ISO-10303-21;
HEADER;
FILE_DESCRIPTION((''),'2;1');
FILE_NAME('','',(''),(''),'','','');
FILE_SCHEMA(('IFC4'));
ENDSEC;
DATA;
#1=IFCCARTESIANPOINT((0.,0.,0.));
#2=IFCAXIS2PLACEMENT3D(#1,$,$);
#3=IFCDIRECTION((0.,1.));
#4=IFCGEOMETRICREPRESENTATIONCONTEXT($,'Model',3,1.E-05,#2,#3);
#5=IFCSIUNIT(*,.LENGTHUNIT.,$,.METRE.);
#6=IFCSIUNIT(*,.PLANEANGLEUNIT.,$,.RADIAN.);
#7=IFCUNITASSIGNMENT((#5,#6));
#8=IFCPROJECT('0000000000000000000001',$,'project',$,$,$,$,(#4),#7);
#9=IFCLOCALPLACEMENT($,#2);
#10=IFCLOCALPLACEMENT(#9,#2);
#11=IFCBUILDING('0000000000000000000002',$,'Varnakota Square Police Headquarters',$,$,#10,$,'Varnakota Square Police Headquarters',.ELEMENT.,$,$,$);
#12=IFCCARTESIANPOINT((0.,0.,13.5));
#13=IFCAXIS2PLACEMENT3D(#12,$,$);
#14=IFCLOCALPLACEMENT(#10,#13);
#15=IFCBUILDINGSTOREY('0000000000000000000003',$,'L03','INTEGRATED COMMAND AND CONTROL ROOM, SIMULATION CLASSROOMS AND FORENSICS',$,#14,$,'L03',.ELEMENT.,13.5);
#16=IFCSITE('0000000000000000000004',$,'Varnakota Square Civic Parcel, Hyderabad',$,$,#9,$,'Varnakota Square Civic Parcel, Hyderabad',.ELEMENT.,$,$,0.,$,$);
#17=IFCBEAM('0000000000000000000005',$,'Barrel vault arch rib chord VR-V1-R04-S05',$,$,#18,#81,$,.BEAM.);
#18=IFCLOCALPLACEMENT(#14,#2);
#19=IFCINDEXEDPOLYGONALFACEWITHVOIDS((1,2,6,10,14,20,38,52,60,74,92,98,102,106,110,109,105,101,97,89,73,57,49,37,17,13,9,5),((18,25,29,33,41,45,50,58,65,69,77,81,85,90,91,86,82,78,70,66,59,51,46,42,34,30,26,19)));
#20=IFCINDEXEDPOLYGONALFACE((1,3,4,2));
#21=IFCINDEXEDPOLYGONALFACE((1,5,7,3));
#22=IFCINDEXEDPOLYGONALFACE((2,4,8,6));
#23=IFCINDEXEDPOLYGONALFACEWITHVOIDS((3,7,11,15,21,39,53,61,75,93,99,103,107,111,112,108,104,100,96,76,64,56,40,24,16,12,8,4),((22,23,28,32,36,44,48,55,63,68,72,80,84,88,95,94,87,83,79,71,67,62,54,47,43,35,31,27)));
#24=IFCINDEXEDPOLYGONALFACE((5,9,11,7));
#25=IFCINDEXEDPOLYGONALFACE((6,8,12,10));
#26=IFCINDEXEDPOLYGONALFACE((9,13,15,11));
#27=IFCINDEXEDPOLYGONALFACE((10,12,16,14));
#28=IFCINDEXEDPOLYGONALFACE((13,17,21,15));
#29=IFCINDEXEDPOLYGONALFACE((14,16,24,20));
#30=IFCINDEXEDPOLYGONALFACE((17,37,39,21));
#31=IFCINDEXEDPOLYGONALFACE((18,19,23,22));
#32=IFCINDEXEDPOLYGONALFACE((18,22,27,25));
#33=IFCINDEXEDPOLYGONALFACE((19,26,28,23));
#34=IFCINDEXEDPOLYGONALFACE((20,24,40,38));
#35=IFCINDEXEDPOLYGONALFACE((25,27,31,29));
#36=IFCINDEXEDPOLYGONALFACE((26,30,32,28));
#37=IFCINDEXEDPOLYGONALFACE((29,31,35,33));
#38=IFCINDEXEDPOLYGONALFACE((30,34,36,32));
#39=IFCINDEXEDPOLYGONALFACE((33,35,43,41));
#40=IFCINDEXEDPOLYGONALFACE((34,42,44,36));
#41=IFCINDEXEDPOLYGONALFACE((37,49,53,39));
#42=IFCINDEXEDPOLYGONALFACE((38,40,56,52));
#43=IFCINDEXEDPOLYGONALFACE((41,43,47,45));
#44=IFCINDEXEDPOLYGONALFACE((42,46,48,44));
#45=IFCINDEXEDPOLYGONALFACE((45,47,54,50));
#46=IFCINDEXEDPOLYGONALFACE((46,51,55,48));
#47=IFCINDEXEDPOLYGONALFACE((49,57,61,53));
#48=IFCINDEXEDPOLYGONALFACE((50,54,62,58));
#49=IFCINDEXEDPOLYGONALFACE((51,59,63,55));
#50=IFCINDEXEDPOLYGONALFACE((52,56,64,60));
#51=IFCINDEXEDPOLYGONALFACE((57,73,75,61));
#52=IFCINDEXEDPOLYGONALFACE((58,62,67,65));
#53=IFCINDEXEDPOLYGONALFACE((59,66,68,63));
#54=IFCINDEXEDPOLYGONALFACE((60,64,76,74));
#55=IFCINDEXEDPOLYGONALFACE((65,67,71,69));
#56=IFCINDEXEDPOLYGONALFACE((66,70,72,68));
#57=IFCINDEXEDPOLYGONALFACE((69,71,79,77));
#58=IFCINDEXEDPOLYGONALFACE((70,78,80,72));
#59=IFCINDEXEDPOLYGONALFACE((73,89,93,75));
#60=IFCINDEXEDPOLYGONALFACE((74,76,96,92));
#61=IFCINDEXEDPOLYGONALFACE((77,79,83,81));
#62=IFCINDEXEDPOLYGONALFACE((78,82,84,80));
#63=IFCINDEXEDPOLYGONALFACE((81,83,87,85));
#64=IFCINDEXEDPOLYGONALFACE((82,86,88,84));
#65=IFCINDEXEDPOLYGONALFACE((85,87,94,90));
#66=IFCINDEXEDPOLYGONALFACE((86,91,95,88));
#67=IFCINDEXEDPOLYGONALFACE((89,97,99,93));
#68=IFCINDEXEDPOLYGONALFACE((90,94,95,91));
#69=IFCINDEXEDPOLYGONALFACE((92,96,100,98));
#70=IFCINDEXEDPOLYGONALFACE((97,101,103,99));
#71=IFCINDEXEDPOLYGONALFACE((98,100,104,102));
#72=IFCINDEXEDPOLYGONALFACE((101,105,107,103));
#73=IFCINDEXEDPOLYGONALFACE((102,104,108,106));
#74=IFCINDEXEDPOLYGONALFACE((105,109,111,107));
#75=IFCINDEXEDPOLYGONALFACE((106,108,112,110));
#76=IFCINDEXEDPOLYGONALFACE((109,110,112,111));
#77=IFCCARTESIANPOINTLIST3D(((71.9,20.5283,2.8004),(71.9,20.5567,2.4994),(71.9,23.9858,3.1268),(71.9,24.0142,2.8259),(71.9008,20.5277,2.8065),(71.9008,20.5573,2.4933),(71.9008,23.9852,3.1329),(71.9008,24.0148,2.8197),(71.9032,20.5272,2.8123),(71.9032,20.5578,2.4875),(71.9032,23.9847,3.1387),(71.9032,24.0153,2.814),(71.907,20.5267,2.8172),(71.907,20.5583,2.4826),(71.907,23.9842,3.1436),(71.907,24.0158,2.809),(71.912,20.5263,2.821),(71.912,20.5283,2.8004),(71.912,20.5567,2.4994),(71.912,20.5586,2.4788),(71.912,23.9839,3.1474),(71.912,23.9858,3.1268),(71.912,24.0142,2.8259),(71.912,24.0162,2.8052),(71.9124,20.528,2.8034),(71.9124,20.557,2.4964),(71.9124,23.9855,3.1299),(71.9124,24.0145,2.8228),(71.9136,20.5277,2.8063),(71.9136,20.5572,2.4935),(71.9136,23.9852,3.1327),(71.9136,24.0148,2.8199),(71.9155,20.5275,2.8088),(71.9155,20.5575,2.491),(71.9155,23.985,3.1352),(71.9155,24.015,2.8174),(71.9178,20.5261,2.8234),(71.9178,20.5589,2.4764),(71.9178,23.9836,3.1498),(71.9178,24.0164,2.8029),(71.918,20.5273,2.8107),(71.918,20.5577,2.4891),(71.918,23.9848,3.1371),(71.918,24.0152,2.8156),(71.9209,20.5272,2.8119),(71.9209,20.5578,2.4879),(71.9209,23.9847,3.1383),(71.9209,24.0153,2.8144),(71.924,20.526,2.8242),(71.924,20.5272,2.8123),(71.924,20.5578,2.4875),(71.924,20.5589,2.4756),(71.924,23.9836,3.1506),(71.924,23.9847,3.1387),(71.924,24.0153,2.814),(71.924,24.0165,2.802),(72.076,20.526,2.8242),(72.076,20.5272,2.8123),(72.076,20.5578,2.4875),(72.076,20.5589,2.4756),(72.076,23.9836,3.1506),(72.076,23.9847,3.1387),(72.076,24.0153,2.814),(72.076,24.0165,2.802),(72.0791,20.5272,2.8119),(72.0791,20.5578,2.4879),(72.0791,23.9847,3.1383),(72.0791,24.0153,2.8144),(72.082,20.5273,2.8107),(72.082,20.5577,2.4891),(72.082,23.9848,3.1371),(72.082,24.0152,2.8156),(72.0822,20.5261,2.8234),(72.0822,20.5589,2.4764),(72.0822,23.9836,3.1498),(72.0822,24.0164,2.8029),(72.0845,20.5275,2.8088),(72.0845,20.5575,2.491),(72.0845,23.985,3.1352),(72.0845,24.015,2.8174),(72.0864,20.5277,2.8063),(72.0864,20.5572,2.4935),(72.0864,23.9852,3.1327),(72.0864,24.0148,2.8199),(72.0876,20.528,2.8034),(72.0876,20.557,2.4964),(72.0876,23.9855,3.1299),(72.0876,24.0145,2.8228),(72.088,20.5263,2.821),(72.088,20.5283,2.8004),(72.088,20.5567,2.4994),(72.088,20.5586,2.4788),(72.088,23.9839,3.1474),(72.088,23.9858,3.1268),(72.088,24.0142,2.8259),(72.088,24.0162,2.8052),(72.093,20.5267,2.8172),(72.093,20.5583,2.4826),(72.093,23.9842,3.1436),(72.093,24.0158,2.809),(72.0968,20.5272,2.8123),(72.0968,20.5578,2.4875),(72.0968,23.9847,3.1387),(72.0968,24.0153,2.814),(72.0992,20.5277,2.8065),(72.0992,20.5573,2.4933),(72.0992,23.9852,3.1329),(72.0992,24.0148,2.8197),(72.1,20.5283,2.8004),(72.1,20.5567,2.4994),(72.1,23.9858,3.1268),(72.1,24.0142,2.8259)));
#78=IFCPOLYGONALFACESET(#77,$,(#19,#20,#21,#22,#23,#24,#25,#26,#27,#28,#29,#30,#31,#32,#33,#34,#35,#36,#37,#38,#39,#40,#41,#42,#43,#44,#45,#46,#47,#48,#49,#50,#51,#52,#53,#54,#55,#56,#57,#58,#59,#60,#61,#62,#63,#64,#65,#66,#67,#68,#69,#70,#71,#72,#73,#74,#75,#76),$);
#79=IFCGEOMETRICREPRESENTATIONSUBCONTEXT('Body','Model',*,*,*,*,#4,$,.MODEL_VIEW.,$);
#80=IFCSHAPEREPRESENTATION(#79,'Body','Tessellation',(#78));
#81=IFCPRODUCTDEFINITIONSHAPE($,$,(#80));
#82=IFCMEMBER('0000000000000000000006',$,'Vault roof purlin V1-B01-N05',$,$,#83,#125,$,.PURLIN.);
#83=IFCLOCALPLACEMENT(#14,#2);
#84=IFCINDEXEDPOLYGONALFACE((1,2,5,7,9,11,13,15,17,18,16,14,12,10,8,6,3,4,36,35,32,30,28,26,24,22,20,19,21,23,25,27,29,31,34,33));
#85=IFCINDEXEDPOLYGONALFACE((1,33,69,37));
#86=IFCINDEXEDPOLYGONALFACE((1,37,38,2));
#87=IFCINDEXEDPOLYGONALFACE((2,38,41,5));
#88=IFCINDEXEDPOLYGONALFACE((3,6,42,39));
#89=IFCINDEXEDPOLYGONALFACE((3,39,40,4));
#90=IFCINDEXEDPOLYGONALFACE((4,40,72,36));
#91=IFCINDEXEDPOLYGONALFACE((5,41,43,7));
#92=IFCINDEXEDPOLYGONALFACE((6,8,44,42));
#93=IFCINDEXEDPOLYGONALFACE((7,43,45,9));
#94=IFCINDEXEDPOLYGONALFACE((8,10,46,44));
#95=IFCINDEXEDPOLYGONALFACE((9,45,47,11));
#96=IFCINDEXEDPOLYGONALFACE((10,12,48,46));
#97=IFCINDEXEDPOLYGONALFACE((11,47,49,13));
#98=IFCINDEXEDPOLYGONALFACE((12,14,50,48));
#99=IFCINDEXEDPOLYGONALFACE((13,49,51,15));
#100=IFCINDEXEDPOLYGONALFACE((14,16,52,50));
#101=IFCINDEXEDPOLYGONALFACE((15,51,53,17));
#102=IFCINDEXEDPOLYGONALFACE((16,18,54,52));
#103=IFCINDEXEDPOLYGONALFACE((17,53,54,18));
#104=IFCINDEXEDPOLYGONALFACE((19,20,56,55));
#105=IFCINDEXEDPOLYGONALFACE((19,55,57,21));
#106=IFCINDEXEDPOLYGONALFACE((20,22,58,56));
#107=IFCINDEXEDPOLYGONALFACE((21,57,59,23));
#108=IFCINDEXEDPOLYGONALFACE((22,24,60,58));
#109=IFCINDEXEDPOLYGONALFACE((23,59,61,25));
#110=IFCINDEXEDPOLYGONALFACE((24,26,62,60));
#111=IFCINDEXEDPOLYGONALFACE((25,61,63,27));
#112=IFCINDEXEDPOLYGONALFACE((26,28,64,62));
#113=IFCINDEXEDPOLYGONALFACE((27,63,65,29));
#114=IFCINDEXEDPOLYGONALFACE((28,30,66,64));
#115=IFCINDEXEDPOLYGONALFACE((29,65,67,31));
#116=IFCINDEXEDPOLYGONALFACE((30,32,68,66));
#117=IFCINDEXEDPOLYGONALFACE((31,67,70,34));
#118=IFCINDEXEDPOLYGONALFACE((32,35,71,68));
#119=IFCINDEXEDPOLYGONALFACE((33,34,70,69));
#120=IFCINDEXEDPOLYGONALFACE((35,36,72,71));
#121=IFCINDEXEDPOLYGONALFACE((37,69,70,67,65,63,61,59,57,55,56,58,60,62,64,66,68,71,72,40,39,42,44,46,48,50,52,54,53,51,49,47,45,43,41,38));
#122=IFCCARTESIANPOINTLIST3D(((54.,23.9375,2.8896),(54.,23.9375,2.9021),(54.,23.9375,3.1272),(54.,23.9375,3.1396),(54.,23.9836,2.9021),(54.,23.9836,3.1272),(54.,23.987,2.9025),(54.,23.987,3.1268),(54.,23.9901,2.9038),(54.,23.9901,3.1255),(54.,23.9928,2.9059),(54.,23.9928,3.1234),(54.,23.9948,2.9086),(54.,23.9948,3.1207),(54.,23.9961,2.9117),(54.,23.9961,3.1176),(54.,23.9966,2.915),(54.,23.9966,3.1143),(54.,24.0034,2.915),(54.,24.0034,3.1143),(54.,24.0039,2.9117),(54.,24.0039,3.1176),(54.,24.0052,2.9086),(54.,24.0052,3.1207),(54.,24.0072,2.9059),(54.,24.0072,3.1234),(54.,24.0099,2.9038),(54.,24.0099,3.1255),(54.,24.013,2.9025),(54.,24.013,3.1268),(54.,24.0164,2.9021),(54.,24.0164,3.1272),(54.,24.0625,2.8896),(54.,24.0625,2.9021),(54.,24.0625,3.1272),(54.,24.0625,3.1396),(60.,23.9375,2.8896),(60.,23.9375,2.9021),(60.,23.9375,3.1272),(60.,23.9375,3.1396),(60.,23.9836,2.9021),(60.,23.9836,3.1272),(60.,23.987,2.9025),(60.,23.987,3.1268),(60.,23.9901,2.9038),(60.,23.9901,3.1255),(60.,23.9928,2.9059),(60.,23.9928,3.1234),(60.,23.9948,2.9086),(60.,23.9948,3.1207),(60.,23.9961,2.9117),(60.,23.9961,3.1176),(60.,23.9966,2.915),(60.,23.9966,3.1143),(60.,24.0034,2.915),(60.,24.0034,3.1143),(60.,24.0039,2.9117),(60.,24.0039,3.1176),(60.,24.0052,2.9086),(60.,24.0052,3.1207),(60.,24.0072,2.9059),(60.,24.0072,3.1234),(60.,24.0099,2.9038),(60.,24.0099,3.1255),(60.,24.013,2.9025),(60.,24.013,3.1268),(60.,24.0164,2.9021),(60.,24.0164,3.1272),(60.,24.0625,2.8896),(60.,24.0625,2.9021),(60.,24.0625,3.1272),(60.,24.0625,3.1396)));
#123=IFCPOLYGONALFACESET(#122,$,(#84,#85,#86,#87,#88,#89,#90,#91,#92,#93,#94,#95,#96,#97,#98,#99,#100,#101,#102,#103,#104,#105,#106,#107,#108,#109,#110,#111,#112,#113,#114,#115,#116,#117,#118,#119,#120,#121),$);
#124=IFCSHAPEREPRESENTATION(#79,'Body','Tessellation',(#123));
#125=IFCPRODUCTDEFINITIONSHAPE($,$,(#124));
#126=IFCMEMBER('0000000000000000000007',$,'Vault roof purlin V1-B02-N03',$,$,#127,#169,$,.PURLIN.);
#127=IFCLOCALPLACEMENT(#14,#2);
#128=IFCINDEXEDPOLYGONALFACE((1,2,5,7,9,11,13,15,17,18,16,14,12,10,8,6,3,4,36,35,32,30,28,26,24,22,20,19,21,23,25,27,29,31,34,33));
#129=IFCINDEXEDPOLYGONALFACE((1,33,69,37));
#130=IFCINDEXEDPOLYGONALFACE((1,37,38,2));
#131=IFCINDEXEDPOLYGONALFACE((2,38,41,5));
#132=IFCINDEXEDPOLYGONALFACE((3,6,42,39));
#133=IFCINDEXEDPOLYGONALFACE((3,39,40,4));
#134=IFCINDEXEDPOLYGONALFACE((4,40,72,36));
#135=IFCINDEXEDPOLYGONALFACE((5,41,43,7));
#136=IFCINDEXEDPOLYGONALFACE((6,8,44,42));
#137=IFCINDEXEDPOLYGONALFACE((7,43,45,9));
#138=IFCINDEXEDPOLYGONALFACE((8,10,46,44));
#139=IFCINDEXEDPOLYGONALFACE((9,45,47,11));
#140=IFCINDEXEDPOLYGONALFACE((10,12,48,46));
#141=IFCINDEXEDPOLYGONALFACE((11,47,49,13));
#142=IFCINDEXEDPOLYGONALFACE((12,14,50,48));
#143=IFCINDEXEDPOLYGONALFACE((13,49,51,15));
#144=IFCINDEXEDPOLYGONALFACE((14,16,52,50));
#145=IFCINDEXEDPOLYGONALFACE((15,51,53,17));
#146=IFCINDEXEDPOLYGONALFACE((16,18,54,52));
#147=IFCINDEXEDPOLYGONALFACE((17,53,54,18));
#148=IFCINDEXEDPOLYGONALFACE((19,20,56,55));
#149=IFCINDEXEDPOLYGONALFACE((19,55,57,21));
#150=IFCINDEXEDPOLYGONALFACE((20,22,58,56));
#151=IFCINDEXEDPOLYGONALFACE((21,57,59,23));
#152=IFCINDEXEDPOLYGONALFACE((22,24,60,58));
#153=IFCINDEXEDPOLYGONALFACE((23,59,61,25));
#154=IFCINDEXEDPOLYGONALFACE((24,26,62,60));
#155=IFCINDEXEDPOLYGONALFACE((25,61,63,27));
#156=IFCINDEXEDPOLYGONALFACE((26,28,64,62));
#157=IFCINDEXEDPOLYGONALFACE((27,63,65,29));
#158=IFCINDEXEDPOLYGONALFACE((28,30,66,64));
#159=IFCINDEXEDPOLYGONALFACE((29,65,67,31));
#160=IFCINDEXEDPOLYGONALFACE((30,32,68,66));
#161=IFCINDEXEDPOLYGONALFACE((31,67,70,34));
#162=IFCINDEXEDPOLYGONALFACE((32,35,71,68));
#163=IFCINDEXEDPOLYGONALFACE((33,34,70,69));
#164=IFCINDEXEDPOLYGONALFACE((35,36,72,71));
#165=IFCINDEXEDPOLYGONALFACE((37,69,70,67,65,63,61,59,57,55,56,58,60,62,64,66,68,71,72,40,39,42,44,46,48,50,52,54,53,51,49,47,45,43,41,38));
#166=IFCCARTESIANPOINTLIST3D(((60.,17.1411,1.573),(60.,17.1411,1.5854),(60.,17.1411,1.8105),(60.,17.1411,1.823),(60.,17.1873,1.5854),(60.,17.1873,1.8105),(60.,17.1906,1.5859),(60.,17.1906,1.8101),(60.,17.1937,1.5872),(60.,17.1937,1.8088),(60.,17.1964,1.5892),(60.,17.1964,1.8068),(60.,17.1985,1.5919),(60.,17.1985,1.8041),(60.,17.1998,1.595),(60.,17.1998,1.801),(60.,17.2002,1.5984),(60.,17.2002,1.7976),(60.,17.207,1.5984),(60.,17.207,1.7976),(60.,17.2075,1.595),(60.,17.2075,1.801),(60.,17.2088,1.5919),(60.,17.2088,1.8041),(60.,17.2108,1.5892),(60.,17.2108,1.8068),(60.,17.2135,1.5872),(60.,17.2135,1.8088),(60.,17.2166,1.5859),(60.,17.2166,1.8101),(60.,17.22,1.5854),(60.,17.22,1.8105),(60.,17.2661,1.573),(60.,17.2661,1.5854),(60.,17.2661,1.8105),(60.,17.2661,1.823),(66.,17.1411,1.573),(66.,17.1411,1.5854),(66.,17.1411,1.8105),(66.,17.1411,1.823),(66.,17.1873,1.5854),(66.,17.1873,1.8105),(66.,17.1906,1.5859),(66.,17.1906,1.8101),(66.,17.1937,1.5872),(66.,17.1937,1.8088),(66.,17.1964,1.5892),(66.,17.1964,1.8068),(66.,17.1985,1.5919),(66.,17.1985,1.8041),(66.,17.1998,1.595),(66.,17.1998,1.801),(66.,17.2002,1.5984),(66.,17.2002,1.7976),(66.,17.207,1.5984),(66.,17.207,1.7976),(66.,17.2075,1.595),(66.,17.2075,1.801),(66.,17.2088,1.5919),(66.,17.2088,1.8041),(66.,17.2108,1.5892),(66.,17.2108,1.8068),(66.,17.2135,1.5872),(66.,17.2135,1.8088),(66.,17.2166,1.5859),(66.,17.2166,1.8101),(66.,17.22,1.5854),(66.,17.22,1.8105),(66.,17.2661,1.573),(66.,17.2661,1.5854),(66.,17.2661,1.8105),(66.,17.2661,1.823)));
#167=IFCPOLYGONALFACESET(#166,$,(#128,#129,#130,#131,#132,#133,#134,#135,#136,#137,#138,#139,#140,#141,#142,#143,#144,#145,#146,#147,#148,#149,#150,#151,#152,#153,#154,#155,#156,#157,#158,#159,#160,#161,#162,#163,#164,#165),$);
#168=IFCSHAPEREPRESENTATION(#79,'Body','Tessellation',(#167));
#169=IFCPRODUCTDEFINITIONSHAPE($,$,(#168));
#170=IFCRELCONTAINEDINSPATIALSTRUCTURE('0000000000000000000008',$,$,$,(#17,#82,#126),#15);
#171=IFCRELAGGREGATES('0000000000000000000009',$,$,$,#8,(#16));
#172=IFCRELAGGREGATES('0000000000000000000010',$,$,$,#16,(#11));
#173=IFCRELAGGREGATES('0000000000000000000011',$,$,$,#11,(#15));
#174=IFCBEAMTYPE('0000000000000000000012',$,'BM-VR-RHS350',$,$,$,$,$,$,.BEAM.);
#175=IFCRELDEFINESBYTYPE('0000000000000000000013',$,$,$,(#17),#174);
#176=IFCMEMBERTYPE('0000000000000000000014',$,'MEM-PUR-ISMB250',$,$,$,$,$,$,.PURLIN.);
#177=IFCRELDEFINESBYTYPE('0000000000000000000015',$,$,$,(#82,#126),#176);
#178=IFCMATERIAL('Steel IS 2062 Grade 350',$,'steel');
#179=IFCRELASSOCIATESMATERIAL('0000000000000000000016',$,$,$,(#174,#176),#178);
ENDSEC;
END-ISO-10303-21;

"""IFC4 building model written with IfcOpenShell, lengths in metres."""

from ifc_helpers import new_model, si_unit, direction, frame, origin, origin_2d, place, context, subcontext, project, spatial, hollow_rectangle, i_section, extrude, material, material_profile, profile_set, type_object, element, save


model = new_model("IFC4")

# Units and contexts
model_context = context("Model", 3, precision=1e-05, world=origin(), true_north=direction((0.0, 1.0)))
body_context = subcontext(model_context, "Body", "Model", "MODEL_VIEW")
ifc_project = project(units=[si_unit("LENGTHUNIT", "METRE"), si_unit("PLANEANGLEUNIT", "RADIAN")], contexts=[model_context])

# Site, building, storey
site_placement = place(None, origin())
site = spatial("IfcSite", under=ifc_project, at=site_placement, Name="Varnakota Square Civic Parcel, Hyderabad", LongName="Varnakota Square Civic Parcel, Hyderabad", CompositionType="ELEMENT", RefElevation=0.0)
building_placement = place(site_placement, origin())
building = spatial("IfcBuilding", under=site, at=building_placement, Name="Varnakota Square Police Headquarters", LongName="Varnakota Square Police Headquarters", CompositionType="ELEMENT")
storey_placement = place(building_placement, frame((0.0, 0.0, 13.5)))
storey = spatial("IfcBuildingStorey", under=building, at=storey_placement, Name="L03", Description="INTEGRATED COMMAND AND CONTROL ROOM, SIMULATION CLASSROOMS AND FORENSICS", LongName="L03", CompositionType="ELEMENT", Elevation=13.5)

# Beam
ifc_material_1 = material(Name="Steel IS 2062 Grade 350", Category="steel")
ifc_material_profile_1 = material_profile(ifc_material_1, hollow_rectangle(XDim=0.2, YDim=0.3501, WallThickness=0.012, InnerFilletRadius=0.012, OuterFilletRadius=0.0239, at=origin_2d()), Name="RHS 350x200x12")
ifc_profile_set_1 = profile_set([ifc_material_profile_1], Name="Steel IS 2062 Grade 350")
beam_type = type_object("IfcBeamType", Name="BM-VR-RHS350", PredefinedType="BEAM", material=ifc_profile_set_1)
beam_1_placement = place(storey_placement, frame((72.0, 20.5425, 2.6499), z_axis=(0.0, 0.995573, 0.09399), x_axis=(-1.0, 0.0, 0.0)))
element("IfcBeam", 1, at=beam_1_placement, inside=storey, type_object=beam_type, Name="Barrel vault arch rib chord VR-V1-R04-S05", PredefinedType="BEAM", context=body_context, shape_type="SweptSolid", body=[
    extrude(hollow_rectangle(XDim=0.2, YDim=0.3501, WallThickness=0.012, InnerFilletRadius=0.012, OuterFilletRadius=0.0239, at=origin_2d()), origin(), (0.0, 0.0, 1.0), 3.4729),
])

# Members
ifc_material_profile_2 = material_profile(ifc_material_1, i_section(OverallWidth=0.125, OverallDepth=0.25, WebThickness=0.0068, FlangeThickness=0.0125, FilletRadius=0.0129, at=origin_2d()), Name="ISMB 250")
ifc_profile_set_2 = profile_set([ifc_material_profile_2], Name="Steel IS 2062 Grade 350")
member_type_1 = type_object("IfcMemberType", Name="MEM-PUR-ISMB250", PredefinedType="PURLIN", material=ifc_profile_set_2)
for number, where, z_axis, x_axis, name in (
    (2, (54.0, 24.0, 3.0146), (1.0, 0.0, 0.0), (0.0, 1.0, 0.0), "Vault roof purlin V1-B01-N05"),
    (3, (60.0, 17.2036, 1.698), (1.0, 0.0, 0.0), (0.0, 1.0, 0.0), "Vault roof purlin V1-B02-N03"),
):
    element("IfcMember", number, at=place(storey_placement, frame(where, z_axis=z_axis, x_axis=x_axis)), inside=storey, type_object=member_type_1, Name=name, PredefinedType="PURLIN", context=body_context, shape_type="SweptSolid", body=[
        extrude(i_section(OverallWidth=0.125, OverallDepth=0.25, WebThickness=0.0068, FlangeThickness=0.0125, FilletRadius=0.0129, at=origin_2d()), origin(), (0.0, 0.0, 1.0), 6.0),
    ])

save(model, "model.ifc")
